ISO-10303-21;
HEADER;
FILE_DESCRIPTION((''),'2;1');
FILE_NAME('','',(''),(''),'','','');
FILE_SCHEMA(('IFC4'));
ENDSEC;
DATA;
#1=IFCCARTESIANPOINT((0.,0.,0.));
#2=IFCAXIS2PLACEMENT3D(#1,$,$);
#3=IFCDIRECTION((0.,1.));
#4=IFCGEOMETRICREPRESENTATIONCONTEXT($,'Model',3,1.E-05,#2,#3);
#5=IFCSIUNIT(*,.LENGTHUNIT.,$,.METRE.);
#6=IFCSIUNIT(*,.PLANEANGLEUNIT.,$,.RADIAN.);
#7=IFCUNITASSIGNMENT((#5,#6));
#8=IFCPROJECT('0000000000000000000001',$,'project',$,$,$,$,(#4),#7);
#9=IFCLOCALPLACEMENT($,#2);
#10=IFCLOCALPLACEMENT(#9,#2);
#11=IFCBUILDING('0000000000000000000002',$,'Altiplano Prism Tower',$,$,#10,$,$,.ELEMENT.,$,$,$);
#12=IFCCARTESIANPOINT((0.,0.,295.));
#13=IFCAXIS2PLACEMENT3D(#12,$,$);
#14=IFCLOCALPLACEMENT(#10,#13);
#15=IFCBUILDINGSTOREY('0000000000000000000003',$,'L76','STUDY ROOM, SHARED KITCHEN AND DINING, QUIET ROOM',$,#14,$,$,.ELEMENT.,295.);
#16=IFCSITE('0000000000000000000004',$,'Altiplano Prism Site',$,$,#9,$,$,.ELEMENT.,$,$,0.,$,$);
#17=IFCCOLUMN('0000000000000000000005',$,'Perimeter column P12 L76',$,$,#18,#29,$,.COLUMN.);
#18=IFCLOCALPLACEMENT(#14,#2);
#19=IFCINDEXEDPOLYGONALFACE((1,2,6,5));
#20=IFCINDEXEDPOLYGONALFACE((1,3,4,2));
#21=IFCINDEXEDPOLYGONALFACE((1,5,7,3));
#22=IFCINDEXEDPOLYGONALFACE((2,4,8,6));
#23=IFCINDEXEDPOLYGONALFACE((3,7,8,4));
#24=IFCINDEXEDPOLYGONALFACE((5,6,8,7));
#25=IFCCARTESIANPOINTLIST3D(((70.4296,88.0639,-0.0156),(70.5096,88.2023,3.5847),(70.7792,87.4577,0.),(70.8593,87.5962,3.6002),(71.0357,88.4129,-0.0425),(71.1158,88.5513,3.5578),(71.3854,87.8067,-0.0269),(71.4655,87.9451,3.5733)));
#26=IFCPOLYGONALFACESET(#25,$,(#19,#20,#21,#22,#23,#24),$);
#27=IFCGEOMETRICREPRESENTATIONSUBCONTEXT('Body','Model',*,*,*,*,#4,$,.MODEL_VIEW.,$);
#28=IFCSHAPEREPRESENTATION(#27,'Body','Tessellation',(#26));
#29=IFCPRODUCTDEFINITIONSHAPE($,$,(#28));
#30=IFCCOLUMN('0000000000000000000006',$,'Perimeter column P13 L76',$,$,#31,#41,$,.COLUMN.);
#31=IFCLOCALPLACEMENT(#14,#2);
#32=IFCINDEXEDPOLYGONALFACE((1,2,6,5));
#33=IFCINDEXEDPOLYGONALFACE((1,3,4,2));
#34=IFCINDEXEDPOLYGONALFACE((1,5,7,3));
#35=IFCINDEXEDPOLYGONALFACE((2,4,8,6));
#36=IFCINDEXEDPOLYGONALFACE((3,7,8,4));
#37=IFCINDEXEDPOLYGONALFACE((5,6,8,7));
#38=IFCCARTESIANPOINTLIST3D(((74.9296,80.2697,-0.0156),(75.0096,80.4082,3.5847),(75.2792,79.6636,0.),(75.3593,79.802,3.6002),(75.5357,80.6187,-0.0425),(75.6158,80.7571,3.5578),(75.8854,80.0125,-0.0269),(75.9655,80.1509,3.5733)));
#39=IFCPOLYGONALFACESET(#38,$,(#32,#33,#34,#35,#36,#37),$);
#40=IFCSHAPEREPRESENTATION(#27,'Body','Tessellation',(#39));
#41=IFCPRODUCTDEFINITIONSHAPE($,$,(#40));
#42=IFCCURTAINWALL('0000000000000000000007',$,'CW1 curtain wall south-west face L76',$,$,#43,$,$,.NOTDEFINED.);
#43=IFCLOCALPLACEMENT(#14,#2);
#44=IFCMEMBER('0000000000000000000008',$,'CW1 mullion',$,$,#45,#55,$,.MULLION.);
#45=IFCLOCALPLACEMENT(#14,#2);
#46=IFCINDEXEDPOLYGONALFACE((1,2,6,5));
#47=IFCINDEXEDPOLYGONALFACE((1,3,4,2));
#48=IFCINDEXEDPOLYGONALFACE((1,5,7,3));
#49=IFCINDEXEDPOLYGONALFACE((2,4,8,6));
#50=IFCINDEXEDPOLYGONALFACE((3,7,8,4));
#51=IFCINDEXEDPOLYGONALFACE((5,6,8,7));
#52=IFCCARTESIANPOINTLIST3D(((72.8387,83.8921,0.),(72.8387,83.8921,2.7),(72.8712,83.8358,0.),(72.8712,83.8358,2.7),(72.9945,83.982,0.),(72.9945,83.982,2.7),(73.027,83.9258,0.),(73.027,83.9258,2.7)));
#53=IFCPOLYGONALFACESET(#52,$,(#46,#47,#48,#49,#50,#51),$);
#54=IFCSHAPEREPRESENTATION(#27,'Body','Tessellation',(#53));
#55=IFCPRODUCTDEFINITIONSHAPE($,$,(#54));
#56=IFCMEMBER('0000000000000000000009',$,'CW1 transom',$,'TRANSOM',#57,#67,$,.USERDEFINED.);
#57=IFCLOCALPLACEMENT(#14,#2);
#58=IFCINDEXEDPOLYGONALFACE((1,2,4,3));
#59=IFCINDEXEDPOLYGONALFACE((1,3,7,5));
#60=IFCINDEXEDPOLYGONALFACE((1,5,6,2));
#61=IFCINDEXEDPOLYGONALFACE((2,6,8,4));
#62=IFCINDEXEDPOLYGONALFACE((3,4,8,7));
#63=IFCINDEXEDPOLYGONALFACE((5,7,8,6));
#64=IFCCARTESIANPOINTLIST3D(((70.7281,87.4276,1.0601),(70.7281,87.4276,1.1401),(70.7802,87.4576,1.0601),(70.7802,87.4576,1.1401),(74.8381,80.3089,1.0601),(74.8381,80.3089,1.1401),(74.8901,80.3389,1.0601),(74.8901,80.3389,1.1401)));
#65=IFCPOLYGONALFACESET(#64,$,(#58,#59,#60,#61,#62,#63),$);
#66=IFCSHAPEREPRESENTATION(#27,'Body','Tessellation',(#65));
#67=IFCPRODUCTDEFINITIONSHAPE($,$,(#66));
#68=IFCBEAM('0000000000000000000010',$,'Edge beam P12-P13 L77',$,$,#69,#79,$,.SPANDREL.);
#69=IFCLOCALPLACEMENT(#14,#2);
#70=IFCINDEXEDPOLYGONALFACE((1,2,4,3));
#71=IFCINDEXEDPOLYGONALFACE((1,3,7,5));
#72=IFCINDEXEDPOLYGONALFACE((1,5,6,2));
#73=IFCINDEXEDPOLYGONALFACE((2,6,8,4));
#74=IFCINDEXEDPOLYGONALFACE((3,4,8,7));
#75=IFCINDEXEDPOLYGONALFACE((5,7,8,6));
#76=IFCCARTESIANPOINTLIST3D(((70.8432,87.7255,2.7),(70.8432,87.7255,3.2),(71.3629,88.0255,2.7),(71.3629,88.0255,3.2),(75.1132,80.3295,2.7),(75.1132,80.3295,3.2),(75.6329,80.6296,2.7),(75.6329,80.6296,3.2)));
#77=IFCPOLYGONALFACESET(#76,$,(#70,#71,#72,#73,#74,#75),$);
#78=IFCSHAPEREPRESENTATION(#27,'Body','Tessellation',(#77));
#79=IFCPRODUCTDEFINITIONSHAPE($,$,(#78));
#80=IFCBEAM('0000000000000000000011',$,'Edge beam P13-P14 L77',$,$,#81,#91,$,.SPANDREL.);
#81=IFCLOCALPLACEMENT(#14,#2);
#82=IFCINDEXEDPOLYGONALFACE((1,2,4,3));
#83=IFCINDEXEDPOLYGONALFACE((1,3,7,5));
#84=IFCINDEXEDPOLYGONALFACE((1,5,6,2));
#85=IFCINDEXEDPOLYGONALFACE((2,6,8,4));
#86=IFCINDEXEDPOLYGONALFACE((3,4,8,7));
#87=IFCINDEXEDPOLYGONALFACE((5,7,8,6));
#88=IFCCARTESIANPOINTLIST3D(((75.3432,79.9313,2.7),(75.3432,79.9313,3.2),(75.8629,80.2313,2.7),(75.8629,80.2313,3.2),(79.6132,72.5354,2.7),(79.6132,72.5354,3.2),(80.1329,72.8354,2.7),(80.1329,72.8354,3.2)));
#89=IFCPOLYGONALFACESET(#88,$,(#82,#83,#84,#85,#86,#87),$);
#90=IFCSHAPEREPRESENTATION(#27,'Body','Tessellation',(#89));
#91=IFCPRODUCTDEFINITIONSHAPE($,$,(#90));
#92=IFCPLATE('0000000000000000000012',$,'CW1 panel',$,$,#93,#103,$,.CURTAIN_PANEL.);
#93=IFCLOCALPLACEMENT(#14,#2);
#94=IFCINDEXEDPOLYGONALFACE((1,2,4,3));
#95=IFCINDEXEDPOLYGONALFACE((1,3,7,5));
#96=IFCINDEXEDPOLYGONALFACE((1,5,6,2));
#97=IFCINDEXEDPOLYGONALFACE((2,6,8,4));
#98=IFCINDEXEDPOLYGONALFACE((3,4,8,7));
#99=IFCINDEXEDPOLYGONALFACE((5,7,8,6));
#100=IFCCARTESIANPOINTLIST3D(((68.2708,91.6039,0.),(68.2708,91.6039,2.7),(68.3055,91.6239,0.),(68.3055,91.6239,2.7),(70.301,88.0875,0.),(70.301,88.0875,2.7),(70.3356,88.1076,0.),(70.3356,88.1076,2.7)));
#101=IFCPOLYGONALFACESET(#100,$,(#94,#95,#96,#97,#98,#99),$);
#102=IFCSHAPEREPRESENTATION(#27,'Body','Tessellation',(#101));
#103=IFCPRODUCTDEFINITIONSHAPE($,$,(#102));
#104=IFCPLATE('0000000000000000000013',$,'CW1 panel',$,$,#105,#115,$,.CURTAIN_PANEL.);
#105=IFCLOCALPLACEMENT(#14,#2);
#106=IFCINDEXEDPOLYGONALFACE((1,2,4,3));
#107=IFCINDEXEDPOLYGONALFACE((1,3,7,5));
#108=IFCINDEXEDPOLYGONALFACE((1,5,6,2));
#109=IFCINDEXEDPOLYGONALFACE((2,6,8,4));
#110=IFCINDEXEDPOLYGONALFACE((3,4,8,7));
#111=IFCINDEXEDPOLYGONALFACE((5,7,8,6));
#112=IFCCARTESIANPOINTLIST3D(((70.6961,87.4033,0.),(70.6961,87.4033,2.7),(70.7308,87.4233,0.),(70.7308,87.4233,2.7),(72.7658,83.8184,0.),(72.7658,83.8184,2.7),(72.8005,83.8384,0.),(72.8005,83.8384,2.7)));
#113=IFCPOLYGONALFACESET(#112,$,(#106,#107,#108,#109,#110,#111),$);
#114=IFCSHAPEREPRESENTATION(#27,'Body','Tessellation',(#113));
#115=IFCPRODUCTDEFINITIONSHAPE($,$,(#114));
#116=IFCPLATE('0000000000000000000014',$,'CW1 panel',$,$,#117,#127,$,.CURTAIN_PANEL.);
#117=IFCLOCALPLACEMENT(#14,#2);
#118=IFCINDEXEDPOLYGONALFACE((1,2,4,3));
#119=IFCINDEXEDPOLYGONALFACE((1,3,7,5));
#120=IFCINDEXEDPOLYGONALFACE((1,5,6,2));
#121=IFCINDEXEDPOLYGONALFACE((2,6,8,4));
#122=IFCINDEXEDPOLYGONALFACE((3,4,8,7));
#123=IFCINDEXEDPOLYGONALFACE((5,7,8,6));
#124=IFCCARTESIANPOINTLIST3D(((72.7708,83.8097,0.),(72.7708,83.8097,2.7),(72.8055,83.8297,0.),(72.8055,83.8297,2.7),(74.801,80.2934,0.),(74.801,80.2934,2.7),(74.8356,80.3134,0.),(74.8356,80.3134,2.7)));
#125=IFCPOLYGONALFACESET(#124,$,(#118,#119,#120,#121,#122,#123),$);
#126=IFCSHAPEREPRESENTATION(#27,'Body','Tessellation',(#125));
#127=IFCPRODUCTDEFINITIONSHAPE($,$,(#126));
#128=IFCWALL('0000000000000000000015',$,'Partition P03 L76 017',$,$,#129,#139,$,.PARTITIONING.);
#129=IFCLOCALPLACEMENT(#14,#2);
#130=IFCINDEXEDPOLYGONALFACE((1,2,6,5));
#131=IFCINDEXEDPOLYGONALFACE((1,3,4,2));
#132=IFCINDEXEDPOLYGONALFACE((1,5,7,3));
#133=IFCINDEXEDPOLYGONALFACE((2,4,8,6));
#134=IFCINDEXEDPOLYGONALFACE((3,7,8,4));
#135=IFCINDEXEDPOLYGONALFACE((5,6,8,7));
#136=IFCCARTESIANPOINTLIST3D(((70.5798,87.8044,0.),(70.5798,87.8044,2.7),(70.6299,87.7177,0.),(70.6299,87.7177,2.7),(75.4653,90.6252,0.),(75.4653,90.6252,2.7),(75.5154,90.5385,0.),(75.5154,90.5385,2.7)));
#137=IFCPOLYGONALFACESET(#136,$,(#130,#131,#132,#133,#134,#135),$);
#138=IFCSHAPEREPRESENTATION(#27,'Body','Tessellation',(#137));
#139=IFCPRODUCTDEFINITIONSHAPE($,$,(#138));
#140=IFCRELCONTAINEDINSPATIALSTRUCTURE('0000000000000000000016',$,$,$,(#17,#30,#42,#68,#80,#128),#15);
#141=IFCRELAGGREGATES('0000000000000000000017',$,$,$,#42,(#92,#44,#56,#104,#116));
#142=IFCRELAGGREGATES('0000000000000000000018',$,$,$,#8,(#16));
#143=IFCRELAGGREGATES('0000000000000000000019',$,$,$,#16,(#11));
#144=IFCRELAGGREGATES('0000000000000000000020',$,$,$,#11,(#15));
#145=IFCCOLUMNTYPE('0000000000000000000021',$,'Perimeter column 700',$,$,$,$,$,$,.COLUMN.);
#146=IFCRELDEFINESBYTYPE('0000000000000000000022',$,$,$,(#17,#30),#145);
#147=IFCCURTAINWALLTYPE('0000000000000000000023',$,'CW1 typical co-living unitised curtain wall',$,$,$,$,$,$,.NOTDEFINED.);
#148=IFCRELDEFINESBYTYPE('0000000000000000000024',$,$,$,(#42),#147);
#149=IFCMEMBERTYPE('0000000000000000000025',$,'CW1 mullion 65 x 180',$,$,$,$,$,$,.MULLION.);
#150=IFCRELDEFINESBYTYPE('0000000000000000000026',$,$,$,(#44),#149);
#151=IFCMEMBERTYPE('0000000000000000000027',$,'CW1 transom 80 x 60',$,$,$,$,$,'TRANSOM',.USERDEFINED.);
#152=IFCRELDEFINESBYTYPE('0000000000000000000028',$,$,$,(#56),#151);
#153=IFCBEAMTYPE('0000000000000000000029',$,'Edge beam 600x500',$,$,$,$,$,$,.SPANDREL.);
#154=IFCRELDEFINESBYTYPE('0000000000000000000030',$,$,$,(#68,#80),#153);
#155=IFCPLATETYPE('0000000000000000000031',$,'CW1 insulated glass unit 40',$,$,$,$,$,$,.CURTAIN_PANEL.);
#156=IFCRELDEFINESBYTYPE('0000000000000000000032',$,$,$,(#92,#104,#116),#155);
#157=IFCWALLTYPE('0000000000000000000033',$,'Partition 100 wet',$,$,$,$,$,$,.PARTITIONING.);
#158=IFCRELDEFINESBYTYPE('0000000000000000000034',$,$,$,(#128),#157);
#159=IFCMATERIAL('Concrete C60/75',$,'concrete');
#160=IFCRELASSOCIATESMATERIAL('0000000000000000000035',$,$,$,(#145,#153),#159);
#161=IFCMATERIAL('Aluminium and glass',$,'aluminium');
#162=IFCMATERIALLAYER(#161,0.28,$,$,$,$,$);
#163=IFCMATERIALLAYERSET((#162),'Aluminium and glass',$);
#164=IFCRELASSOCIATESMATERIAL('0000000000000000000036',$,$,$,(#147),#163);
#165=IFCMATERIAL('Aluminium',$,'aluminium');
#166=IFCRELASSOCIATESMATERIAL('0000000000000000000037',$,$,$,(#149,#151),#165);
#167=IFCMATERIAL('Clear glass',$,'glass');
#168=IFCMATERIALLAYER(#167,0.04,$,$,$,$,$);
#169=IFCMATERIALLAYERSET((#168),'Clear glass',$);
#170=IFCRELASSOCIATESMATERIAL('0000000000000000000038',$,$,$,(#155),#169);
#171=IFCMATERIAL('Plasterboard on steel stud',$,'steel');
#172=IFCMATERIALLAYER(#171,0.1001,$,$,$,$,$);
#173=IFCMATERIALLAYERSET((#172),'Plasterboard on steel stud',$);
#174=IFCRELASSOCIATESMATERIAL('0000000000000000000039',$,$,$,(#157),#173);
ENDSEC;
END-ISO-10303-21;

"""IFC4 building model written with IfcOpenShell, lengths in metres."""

from ifc_helpers import new_model, si_unit, direction, frame, frame_2d, origin, origin_2d, place, context, subcontext, project, spatial, rectangle, extrude, material, layer, layer_set, material_profile, profile_set, type_object, element, aggregate, save


model = new_model("IFC4")

# Units and contexts
model_context = context("Model", 3, precision=1e-05, world=origin(), true_north=direction((0.0, 1.0)))
body_context = subcontext(model_context, "Body", "Model", "MODEL_VIEW")
ifc_project = project(units=[si_unit("LENGTHUNIT", "METRE"), si_unit("PLANEANGLEUNIT", "RADIAN")], contexts=[model_context])

# Site, building, storey
site_placement = place(None, origin())
site = spatial("IfcSite", under=ifc_project, at=site_placement, Name="Altiplano Prism Site", CompositionType="ELEMENT", RefElevation=0.0)
building_placement = place(site_placement, origin())
building = spatial("IfcBuilding", under=site, at=building_placement, Name="Altiplano Prism Tower", CompositionType="ELEMENT")
storey_placement = place(building_placement, frame((0.0, 0.0, 295.0)))
storey = spatial("IfcBuildingStorey", under=building, at=storey_placement, Name="L76", Description="STUDY ROOM, SHARED KITCHEN AND DINING, QUIET ROOM", CompositionType="ELEMENT", Elevation=295.0)

# Columns
ifc_material_1 = material(Name="Concrete C60/75", Category="concrete")
ifc_material_profile_1 = material_profile(ifc_material_1, rectangle(XDim=0.7, YDim=0.7, at=origin_2d()), Name="Perimeter column 700")
ifc_profile_set_1 = profile_set([ifc_material_profile_1], Name="Concrete C60/75")
column_type = type_object("IfcColumnType", Name="Perimeter column 700", PredefinedType="COLUMN", material=ifc_profile_set_1)
for number, where, z_axis, x_axis, name in (
    (1, (70.9075, 87.9353, -0.0212), (0.022221, 0.038413, 0.999015), (-0.866021, -0.498528, 0.038432), "Perimeter column P12 L76"),
    (2, (75.4075, 80.1411, -0.0212), (0.022221, 0.038413, 0.999015), (-0.866024, -0.498523, 0.038432), "Perimeter column P13 L76"),
):
    element("IfcColumn", number, at=place(storey_placement, frame(where, z_axis=z_axis, x_axis=x_axis)), inside=storey, type_object=column_type, Name=name, PredefinedType="COLUMN", context=body_context, shape_type="SweptSolid", body=[
        extrude(rectangle(XDim=0.7, YDim=0.7, at=origin_2d()), origin(), (0.0, 0.0, 1.0), 3.6038),
    ])

# Curtain wall, members
ifc_material_2 = material(Name="Aluminium and glass", Category="aluminium")
ifc_layer_1 = layer(ifc_material_2, 0.28)
ifc_layer_set_1 = layer_set([ifc_layer_1], Name="Aluminium and glass")
curtain_wall_type = type_object("IfcCurtainWallType", Name="CW1 typical co-living unitised curtain wall", PredefinedType="NOTDEFINED", material=ifc_layer_set_1)
curtain_wall_placement = place(storey_placement, origin())
curtain_wall = element("IfcCurtainWall", 3, at=curtain_wall_placement, inside=storey, type_object=curtain_wall_type, Name="CW1 curtain wall south-west face L76", PredefinedType="NOTDEFINED")
ifc_material_3 = material(Name="Aluminium", Category="aluminium")
ifc_material_profile_2 = material_profile(ifc_material_3, rectangle(XDim=0.1799, YDim=0.0649, at=origin_2d()), Name="CW1 mullion 65 x 180")
ifc_profile_set_2 = profile_set([ifc_material_profile_2], Name="Aluminium")
member_type_1 = type_object("IfcMemberType", Name="CW1 mullion 65 x 180", PredefinedType="MULLION", material=ifc_profile_set_2)
member_1_placement = place(storey_placement, frame((72.9329, 83.9089, 0.0), z_axis=(0.0, 0.0, 1.0), x_axis=(0.866025, 0.5, 0.0)))
member_1 = element("IfcMember", 4, at=member_1_placement, type_object=member_type_1, Name="CW1 mullion", PredefinedType="MULLION", context=body_context, shape_type="SweptSolid", body=[
    extrude(rectangle(XDim=0.1799, YDim=0.0649, at=origin_2d()), origin(), (0.0, 0.0, 1.0), 2.7),
])
ifc_material_profile_3 = material_profile(ifc_material_3, rectangle(XDim=0.0601, YDim=0.0801, at=origin_2d()), Name="CW1 transom 80 x 60")
ifc_profile_set_3 = profile_set([ifc_material_profile_3], Name="Aluminium")
member_type_2 = type_object("IfcMemberType", Name="CW1 transom 80 x 60", ElementType="TRANSOM", PredefinedType="USERDEFINED", material=ifc_profile_set_3)
member_2_placement = place(storey_placement, frame((70.7542, 87.4426, 1.1001), z_axis=(0.499992, -0.86603, 0.0), x_axis=(0.86603, 0.499992, 0.0)))
member_2 = element("IfcMember", 5, at=member_2_placement, type_object=member_type_2, Name="CW1 transom", ObjectType="TRANSOM", PredefinedType="USERDEFINED", context=body_context, shape_type="SweptSolid", body=[
    extrude(rectangle(XDim=0.0601, YDim=0.0801, at=origin_2d()), origin(), (0.0, 0.0, 1.0), 8.22),
])

# Beams
ifc_material_profile_4 = material_profile(ifc_material_1, rectangle(XDim=0.6001, YDim=0.5, at=origin_2d()), Name="Edge beam 600x500")
ifc_profile_set_4 = profile_set([ifc_material_profile_4], Name="Concrete C60/75")
beam_type = type_object("IfcBeamType", Name="Edge beam 600x500", PredefinedType="SPANDREL", material=ifc_profile_set_4)
for number, where, z_axis, x_axis, name in (
    (6, (71.103, 87.8755, 2.95), (0.499995, -0.866028, 0.0), (0.866028, 0.499995, 0.0), "Edge beam P12-P13 L77"),
    (7, (75.603, 80.0813, 2.95), (0.499995, -0.866028, 0.0), (0.866028, 0.499995, 0.0), "Edge beam P13-P14 L77"),
):
    element("IfcBeam", number, at=place(storey_placement, frame(where, z_axis=z_axis, x_axis=x_axis)), inside=storey, type_object=beam_type, Name=name, PredefinedType="SPANDREL", context=body_context, shape_type="SweptSolid", body=[
        extrude(rectangle(XDim=0.6001, YDim=0.5, at=origin_2d()), origin(), (0.0, 0.0, 1.0), 8.54),
    ])

# Plates
ifc_material_4 = material(Name="Clear glass", Category="glass")
ifc_layer_2 = layer(ifc_material_4, 0.04)
ifc_layer_set_2 = layer_set([ifc_layer_2], Name="Clear glass")
plate_type = type_object("IfcPlateType", Name="CW1 insulated glass unit 40", PredefinedType="CURTAIN_PANEL", material=ifc_layer_set_2)
plate_1_placement = place(storey_placement, frame((69.3032, 89.8557, 0.0), z_axis=(0.0, 0.0, 1.0), x_axis=(0.5, -0.866025, 0.0)))
plate_1 = element("IfcPlate", 8, at=plate_1_placement, type_object=plate_type, Name="CW1 panel", PredefinedType="CURTAIN_PANEL", context=body_context, shape_type="SweptSolid", body=[
    extrude(rectangle(XDim=4.0603, YDim=0.04, at=origin_2d()), origin(), (0.0, 0.0, 1.0), 2.7),
])
plate_2_placement = place(storey_placement, frame((71.7483, 85.6208, 0.0), z_axis=(0.0, 0.0, 1.0), x_axis=(0.5, -0.866025, 0.0)))
plate_2 = element("IfcPlate", 9, at=plate_2_placement, type_object=plate_type, Name="CW1 panel", PredefinedType="CURTAIN_PANEL", context=body_context, shape_type="SweptSolid", body=[
    extrude(rectangle(XDim=4.1394, YDim=0.04, at=origin_2d()), origin(), (0.0, 0.0, 1.0), 2.7),
])
plate_3_placement = place(storey_placement, frame((73.8032, 82.0615, 0.0), z_axis=(0.0, 0.0, 1.0), x_axis=(0.5, -0.866025, 0.0)))
plate_3 = element("IfcPlate", 10, at=plate_3_placement, type_object=plate_type, Name="CW1 panel", PredefinedType="CURTAIN_PANEL", context=body_context, shape_type="SweptSolid", body=[
    extrude(rectangle(XDim=4.0603, YDim=0.04, at=origin_2d()), origin(), (0.0, 0.0, 1.0), 2.7),
])
aggregate(curtain_wall, [plate_1, member_1, member_2, plate_2, plate_3])

# Wall
ifc_material_5 = material(Name="Plasterboard on steel stud", Category="steel")
ifc_layer_3 = layer(ifc_material_5, 0.1001)
ifc_layer_set_3 = layer_set([ifc_layer_3], Name="Plasterboard on steel stud")
wall_type_1 = type_object("IfcWallType", Name="Partition 100 wet", PredefinedType="PARTITIONING", material=ifc_layer_set_3)
wall_1_placement = place(storey_placement, frame((70.6047, 87.761, 0.0), z_axis=(0.0, 0.0, 1.0), x_axis=(0.866013, 0.500021, 0.0)))
element("IfcWall", 11, at=wall_1_placement, inside=storey, type_object=wall_type_1, Name="Partition P03 L76 017", PredefinedType="PARTITIONING", context=body_context, shape_type="SweptSolid", body=[
    extrude(rectangle(XDim=5.6414, YDim=0.1001, at=frame_2d((2.8208, 0.0))), origin(), (0.0, 0.0, 1.0), 2.7),
])

save(model, "model.ifc")
